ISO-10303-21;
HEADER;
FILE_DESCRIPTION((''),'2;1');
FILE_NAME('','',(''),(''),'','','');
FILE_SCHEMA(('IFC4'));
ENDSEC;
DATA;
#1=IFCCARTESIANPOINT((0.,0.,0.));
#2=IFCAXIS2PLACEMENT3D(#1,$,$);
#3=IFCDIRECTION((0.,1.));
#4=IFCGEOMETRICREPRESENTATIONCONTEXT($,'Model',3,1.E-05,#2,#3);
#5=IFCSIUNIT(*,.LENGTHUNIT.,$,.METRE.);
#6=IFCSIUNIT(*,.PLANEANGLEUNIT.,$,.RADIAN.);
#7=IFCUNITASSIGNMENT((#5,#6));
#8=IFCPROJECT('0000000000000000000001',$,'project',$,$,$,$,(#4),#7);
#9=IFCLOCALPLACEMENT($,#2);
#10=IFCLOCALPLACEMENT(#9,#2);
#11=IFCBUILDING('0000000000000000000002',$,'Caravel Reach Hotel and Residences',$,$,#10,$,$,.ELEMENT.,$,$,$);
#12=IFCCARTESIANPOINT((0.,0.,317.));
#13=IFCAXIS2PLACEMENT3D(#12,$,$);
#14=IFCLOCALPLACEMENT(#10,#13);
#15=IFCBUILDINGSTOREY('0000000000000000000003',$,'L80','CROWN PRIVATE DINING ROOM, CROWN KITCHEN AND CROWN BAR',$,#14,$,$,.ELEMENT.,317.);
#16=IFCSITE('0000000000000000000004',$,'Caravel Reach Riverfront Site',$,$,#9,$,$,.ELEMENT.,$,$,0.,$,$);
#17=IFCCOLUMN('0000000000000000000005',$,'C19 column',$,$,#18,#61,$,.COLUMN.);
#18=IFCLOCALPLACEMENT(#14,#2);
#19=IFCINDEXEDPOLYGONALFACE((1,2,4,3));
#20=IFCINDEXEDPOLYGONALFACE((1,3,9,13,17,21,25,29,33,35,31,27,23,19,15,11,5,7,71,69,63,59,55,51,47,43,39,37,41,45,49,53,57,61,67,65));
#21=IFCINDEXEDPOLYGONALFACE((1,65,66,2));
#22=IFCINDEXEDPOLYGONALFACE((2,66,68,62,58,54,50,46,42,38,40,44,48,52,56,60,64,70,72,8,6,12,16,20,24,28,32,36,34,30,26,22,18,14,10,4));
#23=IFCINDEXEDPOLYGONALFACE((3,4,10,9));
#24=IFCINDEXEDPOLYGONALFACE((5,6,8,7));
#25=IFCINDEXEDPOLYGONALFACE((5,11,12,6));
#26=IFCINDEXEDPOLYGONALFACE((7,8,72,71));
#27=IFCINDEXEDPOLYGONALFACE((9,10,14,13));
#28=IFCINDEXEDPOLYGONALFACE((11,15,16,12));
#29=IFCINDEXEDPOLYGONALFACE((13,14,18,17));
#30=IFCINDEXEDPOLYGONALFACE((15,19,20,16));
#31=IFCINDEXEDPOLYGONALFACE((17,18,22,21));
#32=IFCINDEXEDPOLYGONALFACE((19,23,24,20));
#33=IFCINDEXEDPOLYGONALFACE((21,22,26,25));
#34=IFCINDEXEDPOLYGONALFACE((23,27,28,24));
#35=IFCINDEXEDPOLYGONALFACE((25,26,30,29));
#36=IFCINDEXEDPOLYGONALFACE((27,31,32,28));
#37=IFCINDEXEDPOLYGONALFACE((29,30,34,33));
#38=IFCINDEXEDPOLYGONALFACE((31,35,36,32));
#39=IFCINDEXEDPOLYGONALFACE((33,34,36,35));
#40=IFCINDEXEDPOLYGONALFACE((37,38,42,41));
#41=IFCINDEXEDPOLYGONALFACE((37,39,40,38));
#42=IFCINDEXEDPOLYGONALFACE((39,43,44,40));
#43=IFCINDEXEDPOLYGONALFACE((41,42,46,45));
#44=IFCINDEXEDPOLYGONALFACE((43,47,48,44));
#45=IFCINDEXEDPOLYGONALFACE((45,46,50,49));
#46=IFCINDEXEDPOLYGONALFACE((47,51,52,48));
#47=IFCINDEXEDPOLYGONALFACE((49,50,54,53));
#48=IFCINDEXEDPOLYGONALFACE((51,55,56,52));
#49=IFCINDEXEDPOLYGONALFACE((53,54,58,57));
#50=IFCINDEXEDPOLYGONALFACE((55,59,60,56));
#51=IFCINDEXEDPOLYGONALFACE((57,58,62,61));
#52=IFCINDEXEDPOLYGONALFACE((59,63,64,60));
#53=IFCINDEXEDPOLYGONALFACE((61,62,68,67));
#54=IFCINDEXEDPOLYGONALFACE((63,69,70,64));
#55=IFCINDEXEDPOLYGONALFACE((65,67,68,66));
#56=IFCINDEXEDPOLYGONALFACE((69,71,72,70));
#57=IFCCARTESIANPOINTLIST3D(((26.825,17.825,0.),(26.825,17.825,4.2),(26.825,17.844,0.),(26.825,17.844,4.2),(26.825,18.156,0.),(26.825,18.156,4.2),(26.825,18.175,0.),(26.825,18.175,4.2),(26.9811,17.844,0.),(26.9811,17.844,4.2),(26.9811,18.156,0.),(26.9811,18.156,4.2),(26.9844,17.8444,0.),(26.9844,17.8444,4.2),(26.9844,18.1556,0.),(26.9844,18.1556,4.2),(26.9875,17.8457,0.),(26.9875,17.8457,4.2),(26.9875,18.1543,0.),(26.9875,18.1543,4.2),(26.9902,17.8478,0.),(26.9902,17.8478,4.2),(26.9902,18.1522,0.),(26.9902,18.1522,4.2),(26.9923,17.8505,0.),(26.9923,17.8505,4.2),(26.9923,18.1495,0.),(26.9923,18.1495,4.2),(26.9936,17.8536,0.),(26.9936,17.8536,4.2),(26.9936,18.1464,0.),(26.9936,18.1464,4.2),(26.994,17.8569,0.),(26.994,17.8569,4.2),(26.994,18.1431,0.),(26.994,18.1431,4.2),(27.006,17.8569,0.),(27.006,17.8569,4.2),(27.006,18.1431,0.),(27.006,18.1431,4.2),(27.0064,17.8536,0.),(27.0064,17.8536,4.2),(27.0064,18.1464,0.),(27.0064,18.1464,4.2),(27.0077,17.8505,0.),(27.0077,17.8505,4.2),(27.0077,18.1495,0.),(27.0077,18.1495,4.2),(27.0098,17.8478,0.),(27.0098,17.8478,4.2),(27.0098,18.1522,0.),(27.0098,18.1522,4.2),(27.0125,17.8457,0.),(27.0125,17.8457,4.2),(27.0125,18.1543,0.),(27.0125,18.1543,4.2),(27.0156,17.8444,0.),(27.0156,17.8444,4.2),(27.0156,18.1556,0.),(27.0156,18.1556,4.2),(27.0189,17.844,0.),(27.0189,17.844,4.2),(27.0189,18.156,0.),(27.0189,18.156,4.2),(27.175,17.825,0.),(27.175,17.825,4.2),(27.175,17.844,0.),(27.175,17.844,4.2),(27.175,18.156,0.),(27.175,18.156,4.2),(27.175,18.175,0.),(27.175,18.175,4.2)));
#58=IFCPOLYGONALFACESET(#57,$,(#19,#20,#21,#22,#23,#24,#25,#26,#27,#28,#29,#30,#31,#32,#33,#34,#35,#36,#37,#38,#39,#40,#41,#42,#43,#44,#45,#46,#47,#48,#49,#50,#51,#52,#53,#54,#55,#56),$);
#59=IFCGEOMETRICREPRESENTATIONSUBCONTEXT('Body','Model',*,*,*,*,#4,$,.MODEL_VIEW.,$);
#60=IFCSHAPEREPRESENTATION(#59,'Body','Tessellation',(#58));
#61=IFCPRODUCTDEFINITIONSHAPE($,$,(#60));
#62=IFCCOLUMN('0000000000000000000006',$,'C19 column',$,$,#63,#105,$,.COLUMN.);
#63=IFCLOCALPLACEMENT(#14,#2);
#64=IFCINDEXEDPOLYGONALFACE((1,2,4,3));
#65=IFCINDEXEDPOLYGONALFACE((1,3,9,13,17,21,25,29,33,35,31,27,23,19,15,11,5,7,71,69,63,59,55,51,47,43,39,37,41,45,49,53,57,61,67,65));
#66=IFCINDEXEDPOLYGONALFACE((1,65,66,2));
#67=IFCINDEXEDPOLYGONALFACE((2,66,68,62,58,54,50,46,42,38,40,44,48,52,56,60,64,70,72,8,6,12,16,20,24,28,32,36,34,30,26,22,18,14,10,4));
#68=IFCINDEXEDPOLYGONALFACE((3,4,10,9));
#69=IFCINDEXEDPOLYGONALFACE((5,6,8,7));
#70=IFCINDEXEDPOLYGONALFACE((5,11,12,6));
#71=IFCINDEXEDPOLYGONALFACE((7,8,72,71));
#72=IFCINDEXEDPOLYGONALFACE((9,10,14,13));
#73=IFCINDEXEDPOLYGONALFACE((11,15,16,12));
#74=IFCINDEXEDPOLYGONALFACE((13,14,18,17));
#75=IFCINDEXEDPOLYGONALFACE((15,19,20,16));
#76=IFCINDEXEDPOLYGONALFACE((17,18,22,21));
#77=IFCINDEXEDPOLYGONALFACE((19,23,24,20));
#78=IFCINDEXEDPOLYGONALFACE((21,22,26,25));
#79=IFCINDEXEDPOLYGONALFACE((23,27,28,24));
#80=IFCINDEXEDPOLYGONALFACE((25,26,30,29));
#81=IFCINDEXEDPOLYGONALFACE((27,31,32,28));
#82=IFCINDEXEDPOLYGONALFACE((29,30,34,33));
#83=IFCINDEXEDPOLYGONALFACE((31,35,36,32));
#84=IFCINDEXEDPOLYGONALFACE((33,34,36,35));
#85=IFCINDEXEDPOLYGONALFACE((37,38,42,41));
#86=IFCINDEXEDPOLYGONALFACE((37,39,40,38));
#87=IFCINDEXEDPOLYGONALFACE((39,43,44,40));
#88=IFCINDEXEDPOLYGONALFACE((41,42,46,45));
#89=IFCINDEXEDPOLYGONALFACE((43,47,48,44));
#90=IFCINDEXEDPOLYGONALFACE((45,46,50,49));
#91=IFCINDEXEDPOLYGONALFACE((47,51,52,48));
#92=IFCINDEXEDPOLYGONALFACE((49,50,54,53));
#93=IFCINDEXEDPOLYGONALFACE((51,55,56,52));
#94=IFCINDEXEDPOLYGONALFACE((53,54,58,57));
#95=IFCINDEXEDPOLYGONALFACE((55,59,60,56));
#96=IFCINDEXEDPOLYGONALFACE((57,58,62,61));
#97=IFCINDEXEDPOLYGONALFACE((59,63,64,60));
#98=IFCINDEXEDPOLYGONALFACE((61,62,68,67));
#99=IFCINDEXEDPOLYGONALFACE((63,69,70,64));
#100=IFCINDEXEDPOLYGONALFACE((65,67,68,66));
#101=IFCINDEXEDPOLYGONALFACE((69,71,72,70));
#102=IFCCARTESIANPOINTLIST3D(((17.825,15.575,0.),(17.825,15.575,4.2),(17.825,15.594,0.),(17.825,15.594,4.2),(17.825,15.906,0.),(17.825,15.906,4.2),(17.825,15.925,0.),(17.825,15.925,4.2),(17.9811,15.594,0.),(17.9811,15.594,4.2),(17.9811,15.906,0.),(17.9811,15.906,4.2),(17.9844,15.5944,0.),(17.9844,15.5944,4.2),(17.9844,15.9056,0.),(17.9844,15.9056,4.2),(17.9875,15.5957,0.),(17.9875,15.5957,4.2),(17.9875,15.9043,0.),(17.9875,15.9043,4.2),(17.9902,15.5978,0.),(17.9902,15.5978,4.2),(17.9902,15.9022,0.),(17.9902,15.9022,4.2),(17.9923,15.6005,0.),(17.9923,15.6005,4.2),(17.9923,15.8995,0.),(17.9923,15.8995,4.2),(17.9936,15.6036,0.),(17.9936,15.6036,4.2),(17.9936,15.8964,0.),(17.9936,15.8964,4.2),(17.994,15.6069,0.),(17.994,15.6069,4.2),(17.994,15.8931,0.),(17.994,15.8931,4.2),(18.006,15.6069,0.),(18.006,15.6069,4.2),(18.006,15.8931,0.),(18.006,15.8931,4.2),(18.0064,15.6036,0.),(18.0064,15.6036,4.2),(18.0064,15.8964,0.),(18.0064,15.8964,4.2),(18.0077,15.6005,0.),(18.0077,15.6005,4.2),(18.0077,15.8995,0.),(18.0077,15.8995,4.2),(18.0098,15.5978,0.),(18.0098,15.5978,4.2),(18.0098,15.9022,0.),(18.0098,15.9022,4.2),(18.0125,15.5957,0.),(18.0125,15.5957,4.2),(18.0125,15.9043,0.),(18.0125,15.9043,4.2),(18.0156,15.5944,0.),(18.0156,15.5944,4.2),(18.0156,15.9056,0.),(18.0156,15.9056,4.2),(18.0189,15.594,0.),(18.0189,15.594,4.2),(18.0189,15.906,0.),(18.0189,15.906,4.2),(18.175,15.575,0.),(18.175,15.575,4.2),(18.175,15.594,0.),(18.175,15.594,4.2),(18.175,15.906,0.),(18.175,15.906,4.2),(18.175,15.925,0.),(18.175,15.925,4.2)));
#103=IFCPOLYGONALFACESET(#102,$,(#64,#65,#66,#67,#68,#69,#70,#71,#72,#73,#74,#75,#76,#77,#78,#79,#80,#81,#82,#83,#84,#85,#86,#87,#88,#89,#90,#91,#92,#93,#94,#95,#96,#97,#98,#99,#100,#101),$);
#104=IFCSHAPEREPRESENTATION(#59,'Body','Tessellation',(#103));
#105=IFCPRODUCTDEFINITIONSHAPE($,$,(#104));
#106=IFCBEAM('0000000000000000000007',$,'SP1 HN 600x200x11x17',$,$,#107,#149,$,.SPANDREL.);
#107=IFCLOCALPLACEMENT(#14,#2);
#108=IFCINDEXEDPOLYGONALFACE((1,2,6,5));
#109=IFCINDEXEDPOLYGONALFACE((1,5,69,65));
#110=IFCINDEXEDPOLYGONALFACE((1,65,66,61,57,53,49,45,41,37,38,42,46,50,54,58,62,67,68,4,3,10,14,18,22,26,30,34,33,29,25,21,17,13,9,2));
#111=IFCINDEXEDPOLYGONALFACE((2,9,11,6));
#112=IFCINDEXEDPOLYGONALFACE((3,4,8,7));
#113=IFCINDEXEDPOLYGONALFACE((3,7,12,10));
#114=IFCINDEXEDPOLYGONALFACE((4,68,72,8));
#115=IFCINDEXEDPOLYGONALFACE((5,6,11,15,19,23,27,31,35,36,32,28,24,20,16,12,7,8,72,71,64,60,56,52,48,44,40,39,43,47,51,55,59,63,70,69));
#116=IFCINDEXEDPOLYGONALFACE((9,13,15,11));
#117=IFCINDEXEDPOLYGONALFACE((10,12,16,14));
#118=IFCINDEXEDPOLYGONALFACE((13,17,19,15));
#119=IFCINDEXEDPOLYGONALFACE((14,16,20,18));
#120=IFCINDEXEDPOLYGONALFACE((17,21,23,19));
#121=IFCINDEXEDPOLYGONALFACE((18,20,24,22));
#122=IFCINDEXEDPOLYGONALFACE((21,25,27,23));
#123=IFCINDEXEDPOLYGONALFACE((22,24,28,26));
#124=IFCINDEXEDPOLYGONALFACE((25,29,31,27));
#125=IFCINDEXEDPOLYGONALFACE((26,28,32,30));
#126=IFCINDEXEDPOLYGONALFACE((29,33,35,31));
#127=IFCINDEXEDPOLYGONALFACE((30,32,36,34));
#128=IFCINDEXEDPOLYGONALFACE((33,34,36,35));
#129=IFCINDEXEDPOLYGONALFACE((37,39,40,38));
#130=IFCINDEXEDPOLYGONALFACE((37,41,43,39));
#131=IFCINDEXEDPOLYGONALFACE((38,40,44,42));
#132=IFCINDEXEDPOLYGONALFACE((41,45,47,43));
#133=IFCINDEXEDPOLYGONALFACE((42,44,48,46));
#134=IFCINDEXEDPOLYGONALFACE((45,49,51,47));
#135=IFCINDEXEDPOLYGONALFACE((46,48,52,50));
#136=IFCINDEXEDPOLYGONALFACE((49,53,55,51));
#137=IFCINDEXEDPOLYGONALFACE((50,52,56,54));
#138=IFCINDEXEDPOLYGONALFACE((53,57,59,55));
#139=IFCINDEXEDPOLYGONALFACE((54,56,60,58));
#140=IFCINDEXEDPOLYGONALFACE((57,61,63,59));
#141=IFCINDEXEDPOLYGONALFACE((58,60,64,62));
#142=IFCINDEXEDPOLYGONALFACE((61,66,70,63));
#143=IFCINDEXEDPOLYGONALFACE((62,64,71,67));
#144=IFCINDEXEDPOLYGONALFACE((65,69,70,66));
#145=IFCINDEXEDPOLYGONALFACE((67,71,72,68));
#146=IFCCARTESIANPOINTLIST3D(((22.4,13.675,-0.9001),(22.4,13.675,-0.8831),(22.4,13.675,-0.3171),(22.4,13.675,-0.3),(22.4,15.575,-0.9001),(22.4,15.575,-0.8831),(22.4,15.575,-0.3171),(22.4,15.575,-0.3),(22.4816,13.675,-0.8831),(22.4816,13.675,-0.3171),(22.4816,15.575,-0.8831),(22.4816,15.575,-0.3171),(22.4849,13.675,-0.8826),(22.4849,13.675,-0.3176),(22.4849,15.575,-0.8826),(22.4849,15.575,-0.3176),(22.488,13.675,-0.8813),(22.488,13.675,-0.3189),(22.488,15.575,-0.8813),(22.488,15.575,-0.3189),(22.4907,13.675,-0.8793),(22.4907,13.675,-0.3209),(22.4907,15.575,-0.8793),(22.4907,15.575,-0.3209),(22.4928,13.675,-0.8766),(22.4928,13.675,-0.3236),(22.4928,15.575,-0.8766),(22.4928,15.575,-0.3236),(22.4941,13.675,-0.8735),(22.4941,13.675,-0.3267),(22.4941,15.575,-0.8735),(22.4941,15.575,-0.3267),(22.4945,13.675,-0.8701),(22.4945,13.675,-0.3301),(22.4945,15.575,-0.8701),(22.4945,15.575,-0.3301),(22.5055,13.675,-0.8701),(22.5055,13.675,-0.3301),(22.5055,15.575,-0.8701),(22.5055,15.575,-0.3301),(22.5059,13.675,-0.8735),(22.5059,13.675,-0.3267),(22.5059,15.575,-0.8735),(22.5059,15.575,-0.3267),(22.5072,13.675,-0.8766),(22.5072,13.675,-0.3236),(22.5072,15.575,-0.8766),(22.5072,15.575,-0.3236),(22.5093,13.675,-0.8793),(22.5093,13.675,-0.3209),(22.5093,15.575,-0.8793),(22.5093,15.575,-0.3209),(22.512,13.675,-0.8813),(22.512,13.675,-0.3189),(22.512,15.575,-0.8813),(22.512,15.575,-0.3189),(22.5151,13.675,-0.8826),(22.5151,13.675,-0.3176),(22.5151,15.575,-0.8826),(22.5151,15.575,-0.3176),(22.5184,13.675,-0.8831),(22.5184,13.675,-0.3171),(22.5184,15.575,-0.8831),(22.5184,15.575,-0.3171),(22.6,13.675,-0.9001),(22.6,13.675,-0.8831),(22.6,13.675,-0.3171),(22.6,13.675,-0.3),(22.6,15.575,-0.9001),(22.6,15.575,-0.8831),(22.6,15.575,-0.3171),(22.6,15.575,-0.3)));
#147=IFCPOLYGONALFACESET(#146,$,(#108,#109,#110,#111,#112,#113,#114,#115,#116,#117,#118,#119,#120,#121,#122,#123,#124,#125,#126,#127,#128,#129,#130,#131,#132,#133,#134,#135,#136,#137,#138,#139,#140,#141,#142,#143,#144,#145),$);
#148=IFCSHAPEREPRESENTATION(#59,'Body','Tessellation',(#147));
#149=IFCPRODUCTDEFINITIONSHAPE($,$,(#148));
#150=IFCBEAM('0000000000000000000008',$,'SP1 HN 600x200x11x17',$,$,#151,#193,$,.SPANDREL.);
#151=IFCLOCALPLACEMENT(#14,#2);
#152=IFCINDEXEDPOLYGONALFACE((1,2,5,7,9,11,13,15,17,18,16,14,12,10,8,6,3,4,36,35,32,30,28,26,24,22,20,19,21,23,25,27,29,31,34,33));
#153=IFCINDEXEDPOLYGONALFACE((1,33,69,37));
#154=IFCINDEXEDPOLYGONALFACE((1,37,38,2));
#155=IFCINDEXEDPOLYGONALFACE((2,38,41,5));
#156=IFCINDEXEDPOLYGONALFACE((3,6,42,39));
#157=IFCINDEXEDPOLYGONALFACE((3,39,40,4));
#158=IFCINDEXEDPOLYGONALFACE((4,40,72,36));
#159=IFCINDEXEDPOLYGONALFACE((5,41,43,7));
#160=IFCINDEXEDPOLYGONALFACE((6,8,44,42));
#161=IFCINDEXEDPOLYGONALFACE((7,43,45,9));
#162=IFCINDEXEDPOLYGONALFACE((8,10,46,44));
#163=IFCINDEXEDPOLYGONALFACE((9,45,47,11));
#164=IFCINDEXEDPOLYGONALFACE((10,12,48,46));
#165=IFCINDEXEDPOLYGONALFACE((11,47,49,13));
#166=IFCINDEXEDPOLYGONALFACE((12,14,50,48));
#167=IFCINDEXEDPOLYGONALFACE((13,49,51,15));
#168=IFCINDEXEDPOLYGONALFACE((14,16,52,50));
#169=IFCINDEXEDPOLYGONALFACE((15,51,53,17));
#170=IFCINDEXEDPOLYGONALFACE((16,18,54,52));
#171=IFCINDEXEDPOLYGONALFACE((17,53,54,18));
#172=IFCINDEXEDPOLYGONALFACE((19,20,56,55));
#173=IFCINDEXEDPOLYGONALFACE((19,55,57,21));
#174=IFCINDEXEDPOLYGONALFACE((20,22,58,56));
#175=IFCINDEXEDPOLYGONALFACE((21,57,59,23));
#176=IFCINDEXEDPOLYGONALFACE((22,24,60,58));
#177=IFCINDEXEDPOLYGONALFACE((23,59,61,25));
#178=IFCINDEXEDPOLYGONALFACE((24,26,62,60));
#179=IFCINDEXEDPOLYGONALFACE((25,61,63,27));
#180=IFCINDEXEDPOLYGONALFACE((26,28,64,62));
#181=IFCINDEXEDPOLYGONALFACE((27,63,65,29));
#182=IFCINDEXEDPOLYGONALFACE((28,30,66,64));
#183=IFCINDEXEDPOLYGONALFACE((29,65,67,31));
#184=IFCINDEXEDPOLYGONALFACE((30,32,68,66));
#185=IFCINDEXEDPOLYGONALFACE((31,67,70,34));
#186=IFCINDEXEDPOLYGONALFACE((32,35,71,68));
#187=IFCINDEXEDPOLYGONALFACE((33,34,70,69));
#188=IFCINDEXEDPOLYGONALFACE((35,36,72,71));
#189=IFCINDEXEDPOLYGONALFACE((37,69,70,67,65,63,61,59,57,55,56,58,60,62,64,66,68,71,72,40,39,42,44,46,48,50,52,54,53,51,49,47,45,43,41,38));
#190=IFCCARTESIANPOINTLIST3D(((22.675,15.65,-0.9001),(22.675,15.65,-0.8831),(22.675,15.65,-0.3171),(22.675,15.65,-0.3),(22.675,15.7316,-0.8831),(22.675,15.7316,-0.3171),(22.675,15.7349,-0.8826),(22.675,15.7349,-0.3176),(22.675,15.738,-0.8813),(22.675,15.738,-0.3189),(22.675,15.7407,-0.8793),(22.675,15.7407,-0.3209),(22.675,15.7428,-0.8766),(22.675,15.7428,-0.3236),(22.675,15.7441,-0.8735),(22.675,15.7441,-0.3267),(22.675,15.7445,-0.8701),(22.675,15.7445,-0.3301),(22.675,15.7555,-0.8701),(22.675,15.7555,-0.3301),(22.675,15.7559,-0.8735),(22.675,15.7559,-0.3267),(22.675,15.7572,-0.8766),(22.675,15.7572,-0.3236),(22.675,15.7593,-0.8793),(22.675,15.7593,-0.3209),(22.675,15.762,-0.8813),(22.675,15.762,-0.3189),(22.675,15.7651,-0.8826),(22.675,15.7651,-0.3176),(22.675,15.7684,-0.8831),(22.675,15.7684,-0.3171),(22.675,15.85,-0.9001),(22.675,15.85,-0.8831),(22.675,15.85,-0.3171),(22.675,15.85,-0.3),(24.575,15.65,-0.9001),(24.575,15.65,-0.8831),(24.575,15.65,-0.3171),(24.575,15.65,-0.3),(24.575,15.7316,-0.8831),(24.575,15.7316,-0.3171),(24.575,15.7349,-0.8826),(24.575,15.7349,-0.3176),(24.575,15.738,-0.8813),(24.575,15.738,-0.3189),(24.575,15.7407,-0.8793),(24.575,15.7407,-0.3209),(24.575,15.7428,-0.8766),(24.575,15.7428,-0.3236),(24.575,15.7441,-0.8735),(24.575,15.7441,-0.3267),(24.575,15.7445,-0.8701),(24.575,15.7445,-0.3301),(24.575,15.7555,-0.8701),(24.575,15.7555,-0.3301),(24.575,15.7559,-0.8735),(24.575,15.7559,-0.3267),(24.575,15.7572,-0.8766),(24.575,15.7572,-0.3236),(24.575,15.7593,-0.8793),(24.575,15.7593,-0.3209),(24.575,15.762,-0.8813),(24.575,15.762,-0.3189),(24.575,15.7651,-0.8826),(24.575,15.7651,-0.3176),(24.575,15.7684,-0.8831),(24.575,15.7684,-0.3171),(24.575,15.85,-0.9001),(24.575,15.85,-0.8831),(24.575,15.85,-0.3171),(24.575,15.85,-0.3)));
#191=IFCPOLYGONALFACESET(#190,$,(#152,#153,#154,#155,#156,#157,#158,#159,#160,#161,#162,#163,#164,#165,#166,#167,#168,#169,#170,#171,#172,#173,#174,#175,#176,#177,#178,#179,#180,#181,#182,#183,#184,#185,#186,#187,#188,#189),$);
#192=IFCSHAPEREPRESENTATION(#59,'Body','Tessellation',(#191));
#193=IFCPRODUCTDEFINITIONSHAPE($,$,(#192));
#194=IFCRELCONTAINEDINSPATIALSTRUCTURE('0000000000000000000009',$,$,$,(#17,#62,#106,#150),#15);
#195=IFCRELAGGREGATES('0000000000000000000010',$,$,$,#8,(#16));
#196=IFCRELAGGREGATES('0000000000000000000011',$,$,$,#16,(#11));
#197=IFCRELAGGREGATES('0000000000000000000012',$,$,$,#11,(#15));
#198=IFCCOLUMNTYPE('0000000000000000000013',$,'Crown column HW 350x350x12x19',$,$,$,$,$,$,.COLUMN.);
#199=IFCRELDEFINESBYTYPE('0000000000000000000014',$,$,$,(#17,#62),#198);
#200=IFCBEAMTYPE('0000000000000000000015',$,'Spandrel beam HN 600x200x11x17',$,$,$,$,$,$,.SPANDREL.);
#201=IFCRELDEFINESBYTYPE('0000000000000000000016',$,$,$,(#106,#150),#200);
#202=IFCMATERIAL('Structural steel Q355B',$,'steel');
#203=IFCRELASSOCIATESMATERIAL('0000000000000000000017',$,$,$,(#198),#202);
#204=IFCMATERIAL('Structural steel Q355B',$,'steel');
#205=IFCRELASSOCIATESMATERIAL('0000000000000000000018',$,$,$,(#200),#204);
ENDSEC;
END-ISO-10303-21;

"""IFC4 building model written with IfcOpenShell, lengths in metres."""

from ifc_helpers import new_model, si_unit, direction, frame, origin, origin_2d, place, context, subcontext, project, spatial, i_section, extrude, material, material_profile, profile_set, type_object, element, save


model = new_model("IFC4")

# Units and contexts
model_context = context("Model", 3, precision=1e-05, world=origin(), true_north=direction((0.0, 1.0)))
body_context = subcontext(model_context, "Body", "Model", "MODEL_VIEW")
ifc_project = project(units=[si_unit("LENGTHUNIT", "METRE"), si_unit("PLANEANGLEUNIT", "RADIAN")], contexts=[model_context])

# Site, building, storey
site_placement = place(None, origin())
site = spatial("IfcSite", under=ifc_project, at=site_placement, Name="Caravel Reach Riverfront Site", CompositionType="ELEMENT", RefElevation=0.0)
building_placement = place(site_placement, origin())
building = spatial("IfcBuilding", under=site, at=building_placement, Name="Caravel Reach Hotel and Residences", CompositionType="ELEMENT")
storey_placement = place(building_placement, frame((0.0, 0.0, 317.0)))
storey = spatial("IfcBuildingStorey", under=building, at=storey_placement, Name="L80", Description="CROWN PRIVATE DINING ROOM, CROWN KITCHEN AND CROWN BAR", CompositionType="ELEMENT", Elevation=317.0)

# Columns
ifc_material_1 = material(Name="Structural steel Q355B", Category="steel")
ifc_material_profile_1 = material_profile(ifc_material_1, i_section(OverallWidth=0.3501, OverallDepth=0.3501, WebThickness=0.012, FlangeThickness=0.019, FilletRadius=0.0129, at=origin_2d()), Name="HW 350x350x12x19")
ifc_profile_set_1 = profile_set([ifc_material_profile_1], Name="Structural steel Q355B")
column_type = type_object("IfcColumnType", Name="Crown column HW 350x350x12x19", PredefinedType="COLUMN", material=ifc_profile_set_1)
for number, where, z_axis, x_axis, name in (
    (1, (27.0, 18.0, 0.0), (0.0, 0.0, 1.0), (1.0, 0.0, 0.0), "C19 column"),
    (2, (18.0, 15.75, 0.0), (0.0, 0.0, 1.0), (1.0, 0.0, 0.0), "C19 column"),
):
    element("IfcColumn", number, at=place(storey_placement, frame(where, z_axis=z_axis, x_axis=x_axis)), inside=storey, type_object=column_type, Name=name, PredefinedType="COLUMN", context=body_context, shape_type="SweptSolid", body=[
        extrude(i_section(OverallWidth=0.3501, OverallDepth=0.3501, WebThickness=0.012, FlangeThickness=0.019, FilletRadius=0.0129, at=origin_2d()), origin(), (0.0, 0.0, 1.0), 4.2),
    ])

# Beams
ifc_material_2 = material(Name="Structural steel Q355B", Category="steel")
ifc_material_profile_2 = material_profile(ifc_material_2, i_section(OverallWidth=0.2, OverallDepth=0.6001, WebThickness=0.011, FlangeThickness=0.0171, FilletRadius=0.0129, at=origin_2d()), Name="HN 600x200x11x17")
ifc_profile_set_2 = profile_set([ifc_material_profile_2], Name="Structural steel Q355B")
beam_type = type_object("IfcBeamType", Name="Spandrel beam HN 600x200x11x17", PredefinedType="SPANDREL", material=ifc_profile_set_2)
for number, where, z_axis, x_axis, name in (
    (3, (22.5, 13.675, -0.6001), (0.0, 1.0, 0.0), (-1.0, 0.0, 0.0), "SP1 HN 600x200x11x17"),
    (4, (22.675, 15.75, -0.6001), (1.0, 0.0, 0.0), (0.0, 1.0, 0.0), "SP1 HN 600x200x11x17"),
):
    element("IfcBeam", number, at=place(storey_placement, frame(where, z_axis=z_axis, x_axis=x_axis)), inside=storey, type_object=beam_type, Name=name, PredefinedType="SPANDREL", context=body_context, shape_type="SweptSolid", body=[
        extrude(i_section(OverallWidth=0.2, OverallDepth=0.6001, WebThickness=0.011, FlangeThickness=0.0171, FilletRadius=0.0129, at=origin_2d()), origin(), (0.0, 0.0, 1.0), 1.8999),
    ])

save(model, "model.ifc")
